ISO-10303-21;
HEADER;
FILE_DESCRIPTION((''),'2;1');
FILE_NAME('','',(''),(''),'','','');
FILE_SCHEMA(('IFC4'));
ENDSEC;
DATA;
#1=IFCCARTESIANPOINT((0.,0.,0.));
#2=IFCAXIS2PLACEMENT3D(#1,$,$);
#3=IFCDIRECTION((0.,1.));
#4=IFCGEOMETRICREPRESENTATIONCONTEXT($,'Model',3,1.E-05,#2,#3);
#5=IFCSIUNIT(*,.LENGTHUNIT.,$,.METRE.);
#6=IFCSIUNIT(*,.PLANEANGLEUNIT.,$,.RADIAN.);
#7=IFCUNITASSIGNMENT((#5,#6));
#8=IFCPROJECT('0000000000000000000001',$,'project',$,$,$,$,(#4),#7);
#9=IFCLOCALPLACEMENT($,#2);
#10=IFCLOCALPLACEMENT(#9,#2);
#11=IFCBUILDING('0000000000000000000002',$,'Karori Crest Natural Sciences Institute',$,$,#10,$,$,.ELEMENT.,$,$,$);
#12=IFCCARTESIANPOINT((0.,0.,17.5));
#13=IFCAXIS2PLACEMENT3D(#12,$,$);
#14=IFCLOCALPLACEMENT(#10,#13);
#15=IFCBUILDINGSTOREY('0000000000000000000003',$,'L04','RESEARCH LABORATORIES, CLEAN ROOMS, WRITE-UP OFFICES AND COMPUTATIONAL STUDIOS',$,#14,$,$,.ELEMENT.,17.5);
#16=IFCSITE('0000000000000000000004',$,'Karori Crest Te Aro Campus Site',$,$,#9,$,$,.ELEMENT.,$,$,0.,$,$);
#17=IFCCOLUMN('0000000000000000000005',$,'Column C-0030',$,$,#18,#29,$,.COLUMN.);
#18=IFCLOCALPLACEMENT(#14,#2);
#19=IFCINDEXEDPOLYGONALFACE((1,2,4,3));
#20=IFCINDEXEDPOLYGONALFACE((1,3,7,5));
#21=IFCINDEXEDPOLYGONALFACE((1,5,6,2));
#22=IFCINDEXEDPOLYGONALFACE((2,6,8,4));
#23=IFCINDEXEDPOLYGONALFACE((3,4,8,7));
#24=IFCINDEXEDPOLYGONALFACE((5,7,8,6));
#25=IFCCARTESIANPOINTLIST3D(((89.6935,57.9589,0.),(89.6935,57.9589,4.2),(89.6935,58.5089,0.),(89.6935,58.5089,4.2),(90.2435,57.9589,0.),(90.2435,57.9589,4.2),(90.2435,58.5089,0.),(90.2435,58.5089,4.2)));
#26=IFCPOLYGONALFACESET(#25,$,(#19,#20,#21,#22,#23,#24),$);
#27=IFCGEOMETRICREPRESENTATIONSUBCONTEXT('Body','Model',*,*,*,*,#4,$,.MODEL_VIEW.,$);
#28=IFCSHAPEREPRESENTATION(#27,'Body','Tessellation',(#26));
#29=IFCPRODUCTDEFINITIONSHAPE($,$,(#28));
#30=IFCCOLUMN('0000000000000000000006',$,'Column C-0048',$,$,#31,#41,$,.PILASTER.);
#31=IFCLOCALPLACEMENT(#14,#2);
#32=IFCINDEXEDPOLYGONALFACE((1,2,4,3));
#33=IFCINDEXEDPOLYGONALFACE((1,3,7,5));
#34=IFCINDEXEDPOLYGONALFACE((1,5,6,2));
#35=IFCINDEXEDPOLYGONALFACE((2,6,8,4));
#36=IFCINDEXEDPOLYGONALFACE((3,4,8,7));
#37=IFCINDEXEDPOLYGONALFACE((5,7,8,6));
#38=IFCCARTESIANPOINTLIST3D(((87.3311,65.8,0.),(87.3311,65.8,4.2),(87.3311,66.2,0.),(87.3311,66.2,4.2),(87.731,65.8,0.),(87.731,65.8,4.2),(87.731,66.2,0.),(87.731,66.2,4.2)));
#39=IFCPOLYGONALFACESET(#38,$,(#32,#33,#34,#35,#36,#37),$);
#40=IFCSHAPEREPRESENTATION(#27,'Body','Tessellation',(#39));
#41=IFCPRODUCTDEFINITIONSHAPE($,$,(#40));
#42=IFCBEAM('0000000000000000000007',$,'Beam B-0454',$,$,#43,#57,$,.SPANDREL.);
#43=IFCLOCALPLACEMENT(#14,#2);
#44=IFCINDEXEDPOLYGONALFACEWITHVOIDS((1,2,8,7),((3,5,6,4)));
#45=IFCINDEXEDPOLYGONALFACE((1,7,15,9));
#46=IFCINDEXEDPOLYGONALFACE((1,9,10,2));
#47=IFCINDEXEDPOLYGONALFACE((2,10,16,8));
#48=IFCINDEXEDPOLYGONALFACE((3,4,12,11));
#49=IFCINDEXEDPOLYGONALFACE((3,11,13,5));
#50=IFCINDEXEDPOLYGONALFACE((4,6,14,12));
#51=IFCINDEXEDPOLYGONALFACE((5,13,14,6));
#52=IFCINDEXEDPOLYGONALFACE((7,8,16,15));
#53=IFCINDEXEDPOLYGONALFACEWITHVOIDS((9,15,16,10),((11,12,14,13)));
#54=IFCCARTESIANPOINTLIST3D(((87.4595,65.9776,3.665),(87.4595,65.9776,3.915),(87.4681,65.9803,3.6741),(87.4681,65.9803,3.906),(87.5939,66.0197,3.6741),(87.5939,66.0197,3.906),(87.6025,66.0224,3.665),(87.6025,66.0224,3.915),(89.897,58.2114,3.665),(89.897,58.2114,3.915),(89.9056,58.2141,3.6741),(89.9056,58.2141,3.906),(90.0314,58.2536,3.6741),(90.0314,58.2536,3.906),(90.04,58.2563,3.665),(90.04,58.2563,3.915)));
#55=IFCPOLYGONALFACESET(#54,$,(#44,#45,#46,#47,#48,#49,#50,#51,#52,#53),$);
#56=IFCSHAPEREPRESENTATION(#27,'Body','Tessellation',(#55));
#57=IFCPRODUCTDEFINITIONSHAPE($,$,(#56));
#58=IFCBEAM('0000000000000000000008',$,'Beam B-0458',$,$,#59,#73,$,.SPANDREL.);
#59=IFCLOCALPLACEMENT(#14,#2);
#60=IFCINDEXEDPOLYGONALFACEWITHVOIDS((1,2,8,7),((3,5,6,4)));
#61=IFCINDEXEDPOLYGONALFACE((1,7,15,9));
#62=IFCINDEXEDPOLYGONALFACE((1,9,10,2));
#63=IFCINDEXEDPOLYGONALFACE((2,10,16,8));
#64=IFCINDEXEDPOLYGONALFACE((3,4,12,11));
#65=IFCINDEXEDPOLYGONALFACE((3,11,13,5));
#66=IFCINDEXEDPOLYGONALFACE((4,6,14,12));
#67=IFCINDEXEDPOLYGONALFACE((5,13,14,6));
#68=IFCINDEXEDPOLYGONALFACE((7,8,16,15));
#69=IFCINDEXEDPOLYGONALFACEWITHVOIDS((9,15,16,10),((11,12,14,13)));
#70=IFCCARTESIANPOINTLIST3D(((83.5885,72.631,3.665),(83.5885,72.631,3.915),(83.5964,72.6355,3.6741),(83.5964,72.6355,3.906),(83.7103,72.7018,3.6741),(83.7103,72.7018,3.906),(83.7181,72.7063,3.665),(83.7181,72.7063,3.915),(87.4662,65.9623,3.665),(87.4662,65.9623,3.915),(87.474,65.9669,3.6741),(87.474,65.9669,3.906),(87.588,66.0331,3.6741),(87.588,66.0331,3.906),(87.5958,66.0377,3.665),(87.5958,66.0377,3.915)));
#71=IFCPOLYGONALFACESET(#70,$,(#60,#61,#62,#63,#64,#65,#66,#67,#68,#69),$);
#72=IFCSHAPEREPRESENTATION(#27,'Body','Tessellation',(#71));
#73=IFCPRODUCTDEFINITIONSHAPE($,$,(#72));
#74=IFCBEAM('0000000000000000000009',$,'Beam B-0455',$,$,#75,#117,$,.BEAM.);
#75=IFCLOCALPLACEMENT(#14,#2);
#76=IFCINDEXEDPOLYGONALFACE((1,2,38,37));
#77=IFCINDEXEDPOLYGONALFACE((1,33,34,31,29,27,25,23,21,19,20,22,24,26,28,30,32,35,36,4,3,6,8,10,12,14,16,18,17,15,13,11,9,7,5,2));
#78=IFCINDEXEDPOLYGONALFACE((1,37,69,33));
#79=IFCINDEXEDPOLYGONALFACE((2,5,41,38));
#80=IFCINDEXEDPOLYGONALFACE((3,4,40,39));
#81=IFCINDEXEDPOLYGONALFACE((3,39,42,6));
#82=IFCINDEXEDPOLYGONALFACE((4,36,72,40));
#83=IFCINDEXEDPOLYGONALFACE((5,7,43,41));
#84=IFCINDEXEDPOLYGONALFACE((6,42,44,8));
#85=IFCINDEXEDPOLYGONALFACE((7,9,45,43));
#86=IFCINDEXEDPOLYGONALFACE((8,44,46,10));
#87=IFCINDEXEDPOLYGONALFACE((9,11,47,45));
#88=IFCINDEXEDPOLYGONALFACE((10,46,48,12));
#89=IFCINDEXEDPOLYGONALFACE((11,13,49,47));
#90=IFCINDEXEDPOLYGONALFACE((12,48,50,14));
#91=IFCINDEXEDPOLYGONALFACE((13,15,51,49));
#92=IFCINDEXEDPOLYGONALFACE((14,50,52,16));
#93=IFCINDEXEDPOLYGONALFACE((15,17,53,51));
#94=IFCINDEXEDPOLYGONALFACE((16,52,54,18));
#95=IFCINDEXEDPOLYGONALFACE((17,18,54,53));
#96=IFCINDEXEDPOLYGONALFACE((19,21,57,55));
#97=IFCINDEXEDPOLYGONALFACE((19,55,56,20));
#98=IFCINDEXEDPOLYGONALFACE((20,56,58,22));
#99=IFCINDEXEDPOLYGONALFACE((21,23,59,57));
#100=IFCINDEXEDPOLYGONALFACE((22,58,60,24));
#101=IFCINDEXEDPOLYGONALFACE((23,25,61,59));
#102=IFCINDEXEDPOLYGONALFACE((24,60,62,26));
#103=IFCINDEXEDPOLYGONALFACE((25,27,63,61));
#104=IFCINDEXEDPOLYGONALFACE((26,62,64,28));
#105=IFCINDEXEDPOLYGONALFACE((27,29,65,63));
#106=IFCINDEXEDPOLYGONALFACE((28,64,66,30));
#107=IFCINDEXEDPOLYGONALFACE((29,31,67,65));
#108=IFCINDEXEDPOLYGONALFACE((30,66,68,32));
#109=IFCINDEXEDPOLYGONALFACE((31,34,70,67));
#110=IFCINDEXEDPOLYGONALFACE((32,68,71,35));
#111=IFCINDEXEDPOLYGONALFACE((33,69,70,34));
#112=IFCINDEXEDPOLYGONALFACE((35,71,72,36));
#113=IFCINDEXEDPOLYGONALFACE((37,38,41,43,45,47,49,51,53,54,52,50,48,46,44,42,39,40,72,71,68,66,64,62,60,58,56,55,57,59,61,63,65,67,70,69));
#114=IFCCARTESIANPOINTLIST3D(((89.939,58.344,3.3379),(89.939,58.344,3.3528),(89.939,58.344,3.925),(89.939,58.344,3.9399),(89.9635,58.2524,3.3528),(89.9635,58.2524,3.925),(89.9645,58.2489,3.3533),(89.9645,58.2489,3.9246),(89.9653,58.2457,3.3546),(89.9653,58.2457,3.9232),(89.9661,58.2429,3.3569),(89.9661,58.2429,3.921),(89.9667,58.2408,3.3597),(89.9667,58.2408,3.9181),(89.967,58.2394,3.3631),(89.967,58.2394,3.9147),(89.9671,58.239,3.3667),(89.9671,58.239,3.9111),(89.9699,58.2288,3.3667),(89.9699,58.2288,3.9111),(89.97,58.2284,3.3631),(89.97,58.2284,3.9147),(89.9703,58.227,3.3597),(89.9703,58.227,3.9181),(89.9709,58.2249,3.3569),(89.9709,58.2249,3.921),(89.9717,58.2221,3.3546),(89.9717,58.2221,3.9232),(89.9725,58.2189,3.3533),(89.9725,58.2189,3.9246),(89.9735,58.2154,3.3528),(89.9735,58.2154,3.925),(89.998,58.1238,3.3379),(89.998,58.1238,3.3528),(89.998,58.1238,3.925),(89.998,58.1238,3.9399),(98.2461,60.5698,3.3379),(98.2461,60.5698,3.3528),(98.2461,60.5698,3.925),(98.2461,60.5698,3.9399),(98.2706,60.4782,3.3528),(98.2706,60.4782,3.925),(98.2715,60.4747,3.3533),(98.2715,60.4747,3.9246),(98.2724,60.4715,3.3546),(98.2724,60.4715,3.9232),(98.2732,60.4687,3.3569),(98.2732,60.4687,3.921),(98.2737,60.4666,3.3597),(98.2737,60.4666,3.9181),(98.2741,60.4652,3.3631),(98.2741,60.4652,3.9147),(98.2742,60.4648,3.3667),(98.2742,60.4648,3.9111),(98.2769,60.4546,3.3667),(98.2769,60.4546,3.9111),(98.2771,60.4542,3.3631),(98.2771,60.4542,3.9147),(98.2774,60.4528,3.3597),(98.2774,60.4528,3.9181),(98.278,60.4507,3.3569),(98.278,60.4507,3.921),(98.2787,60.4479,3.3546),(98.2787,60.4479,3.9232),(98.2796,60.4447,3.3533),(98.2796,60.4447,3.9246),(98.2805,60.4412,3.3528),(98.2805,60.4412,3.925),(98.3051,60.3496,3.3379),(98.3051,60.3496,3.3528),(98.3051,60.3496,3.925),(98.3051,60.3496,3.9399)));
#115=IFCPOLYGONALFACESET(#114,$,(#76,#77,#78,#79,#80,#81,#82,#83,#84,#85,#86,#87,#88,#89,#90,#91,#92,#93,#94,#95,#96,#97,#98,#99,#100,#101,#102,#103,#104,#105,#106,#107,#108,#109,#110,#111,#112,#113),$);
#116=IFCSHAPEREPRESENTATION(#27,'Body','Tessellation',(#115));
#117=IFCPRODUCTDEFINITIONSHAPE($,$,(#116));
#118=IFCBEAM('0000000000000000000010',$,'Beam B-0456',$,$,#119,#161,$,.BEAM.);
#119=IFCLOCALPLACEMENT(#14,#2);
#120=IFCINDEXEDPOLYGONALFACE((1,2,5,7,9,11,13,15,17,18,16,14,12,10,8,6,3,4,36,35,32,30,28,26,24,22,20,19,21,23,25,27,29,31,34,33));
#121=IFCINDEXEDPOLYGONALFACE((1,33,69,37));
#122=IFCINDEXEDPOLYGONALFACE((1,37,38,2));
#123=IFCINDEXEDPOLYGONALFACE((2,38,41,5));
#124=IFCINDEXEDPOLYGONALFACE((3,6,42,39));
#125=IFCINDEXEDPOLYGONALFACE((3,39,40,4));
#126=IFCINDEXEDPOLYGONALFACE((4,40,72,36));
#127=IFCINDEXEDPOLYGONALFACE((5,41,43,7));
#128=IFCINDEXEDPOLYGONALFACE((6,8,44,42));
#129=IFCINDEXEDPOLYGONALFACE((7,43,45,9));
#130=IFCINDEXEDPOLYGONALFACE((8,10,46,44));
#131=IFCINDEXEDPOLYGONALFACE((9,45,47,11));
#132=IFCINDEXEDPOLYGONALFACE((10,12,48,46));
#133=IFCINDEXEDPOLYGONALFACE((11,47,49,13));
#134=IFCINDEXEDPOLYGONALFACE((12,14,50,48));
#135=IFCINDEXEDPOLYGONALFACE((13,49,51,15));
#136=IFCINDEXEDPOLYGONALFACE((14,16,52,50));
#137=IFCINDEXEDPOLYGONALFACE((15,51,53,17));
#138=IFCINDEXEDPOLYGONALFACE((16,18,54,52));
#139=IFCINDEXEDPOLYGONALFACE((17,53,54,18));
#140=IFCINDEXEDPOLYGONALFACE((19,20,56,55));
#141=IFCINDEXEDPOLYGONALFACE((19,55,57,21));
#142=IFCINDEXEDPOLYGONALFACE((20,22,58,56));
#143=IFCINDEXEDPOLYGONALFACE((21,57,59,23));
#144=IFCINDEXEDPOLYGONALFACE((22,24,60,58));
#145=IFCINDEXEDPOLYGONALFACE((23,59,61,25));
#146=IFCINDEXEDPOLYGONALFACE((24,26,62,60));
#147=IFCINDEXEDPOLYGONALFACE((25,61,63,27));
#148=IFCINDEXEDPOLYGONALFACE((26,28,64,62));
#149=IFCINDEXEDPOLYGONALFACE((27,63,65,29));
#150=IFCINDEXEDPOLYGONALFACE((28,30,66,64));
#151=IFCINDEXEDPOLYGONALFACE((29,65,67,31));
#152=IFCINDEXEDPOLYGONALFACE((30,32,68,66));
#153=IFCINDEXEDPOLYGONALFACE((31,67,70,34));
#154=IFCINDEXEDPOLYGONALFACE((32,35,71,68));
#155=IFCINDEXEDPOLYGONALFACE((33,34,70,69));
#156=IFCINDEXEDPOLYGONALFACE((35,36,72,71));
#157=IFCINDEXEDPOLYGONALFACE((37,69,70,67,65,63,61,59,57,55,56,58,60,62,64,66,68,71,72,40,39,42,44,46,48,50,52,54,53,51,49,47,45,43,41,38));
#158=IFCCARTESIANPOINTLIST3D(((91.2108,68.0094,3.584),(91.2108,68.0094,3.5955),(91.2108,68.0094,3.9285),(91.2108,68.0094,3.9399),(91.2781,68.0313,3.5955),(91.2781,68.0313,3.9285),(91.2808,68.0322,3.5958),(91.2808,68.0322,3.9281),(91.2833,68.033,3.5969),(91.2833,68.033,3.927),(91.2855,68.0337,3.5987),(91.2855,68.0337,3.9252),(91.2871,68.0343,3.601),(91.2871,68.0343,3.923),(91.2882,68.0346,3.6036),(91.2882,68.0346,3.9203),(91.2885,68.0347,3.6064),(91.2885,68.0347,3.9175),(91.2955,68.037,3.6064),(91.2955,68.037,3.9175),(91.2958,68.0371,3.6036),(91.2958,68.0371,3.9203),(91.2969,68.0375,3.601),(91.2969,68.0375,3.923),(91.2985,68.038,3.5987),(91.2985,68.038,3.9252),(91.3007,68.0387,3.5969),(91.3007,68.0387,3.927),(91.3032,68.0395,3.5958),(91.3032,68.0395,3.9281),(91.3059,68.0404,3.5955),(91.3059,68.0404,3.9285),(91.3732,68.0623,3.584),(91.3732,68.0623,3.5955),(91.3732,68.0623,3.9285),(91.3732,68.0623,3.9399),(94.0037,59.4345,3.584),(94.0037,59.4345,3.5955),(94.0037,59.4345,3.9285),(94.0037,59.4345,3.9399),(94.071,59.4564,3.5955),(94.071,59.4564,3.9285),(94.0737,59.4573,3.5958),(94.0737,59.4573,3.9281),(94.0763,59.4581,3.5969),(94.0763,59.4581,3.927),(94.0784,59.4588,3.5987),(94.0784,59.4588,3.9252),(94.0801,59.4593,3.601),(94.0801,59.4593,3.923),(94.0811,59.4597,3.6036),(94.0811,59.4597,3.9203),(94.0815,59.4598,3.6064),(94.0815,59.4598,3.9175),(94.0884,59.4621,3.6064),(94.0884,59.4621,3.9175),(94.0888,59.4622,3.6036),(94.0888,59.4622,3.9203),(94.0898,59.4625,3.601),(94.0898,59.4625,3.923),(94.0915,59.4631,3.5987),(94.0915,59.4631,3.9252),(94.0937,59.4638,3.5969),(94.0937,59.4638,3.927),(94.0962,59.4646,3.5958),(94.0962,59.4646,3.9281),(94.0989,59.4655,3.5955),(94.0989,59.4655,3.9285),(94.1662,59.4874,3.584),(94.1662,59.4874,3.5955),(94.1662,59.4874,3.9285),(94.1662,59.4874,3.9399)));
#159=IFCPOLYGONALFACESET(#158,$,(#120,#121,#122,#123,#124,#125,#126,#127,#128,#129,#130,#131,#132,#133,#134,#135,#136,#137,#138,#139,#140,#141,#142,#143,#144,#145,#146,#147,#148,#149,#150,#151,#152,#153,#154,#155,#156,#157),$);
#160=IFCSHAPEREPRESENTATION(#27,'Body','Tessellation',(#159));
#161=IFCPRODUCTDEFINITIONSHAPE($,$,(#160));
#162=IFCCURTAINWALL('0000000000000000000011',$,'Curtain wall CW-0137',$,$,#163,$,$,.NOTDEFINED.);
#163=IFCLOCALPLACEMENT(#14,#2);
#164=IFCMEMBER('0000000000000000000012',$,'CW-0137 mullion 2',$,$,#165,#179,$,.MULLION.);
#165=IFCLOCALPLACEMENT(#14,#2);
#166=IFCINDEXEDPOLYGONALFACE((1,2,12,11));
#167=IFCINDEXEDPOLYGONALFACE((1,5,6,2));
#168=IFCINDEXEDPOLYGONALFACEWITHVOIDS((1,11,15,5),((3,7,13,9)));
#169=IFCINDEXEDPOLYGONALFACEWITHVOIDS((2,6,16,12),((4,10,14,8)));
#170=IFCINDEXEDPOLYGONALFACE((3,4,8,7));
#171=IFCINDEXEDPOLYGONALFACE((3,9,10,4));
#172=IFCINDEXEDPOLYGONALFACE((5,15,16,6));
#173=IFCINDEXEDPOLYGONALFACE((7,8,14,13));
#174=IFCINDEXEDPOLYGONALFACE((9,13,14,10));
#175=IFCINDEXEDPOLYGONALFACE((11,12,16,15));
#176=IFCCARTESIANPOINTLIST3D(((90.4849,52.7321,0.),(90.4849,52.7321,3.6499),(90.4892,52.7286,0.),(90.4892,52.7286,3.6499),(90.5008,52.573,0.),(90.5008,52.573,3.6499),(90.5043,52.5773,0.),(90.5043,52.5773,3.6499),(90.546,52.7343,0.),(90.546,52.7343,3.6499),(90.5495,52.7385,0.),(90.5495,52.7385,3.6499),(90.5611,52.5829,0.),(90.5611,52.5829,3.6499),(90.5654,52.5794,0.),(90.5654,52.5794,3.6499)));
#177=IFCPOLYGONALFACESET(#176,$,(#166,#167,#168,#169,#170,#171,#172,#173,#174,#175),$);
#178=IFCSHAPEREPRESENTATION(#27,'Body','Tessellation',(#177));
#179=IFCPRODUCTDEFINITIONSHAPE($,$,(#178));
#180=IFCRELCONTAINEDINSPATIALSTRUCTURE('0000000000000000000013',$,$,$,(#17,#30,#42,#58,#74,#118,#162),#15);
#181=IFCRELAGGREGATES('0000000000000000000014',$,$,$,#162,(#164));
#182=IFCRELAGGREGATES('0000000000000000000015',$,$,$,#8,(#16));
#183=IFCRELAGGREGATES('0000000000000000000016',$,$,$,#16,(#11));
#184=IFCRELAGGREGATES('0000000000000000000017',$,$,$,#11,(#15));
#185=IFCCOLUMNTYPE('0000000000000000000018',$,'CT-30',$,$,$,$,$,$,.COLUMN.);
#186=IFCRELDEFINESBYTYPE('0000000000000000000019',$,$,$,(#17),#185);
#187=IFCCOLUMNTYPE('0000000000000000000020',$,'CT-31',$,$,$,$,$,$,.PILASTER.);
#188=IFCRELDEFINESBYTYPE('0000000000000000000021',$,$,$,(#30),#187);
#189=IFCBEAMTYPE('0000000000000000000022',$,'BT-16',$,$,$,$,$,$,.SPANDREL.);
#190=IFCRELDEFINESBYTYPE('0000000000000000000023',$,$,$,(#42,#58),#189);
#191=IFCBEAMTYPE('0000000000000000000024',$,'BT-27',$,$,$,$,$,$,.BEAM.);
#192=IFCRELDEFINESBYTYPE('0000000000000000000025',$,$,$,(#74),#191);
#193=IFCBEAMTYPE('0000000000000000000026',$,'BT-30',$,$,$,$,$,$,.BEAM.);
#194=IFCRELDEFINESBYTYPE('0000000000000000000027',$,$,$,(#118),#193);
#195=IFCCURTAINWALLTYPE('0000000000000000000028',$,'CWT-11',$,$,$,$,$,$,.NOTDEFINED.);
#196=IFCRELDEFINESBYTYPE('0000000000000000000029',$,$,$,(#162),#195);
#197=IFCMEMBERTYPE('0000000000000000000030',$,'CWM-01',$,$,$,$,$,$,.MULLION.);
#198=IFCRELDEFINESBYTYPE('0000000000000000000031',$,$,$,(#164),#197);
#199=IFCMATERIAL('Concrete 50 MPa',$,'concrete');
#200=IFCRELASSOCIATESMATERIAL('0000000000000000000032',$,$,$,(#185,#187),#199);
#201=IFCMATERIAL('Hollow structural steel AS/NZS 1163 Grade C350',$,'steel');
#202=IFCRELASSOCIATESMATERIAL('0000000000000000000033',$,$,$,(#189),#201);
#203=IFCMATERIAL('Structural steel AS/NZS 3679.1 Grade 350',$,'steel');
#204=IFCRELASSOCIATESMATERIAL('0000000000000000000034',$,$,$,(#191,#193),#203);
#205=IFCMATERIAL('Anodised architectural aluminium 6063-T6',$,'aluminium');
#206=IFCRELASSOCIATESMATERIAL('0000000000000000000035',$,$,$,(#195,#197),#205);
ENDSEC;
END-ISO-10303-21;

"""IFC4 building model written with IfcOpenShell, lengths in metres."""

from ifc_helpers import new_model, si_unit, direction, frame, origin, origin_2d, place, context, subcontext, project, spatial, rectangle, hollow_rectangle, i_section, extrude, material, material_profile, profile_set, type_object, element, aggregate, save


model = new_model("IFC4")

# Units and contexts
model_context = context("Model", 3, precision=1e-05, world=origin(), true_north=direction((0.0, 1.0)))
body_context = subcontext(model_context, "Body", "Model", "MODEL_VIEW")
ifc_project = project(units=[si_unit("LENGTHUNIT", "METRE"), si_unit("PLANEANGLEUNIT", "RADIAN")], contexts=[model_context])

# Site, building, storey
site_placement = place(None, origin())
site = spatial("IfcSite", under=ifc_project, at=site_placement, Name="Karori Crest Te Aro Campus Site", CompositionType="ELEMENT", RefElevation=0.0)
building_placement = place(site_placement, origin())
building = spatial("IfcBuilding", under=site, at=building_placement, Name="Karori Crest Natural Sciences Institute", CompositionType="ELEMENT")
storey_placement = place(building_placement, frame((0.0, 0.0, 17.5)))
storey = spatial("IfcBuildingStorey", under=building, at=storey_placement, Name="L04", Description="RESEARCH LABORATORIES, CLEAN ROOMS, WRITE-UP OFFICES AND COMPUTATIONAL STUDIOS", CompositionType="ELEMENT", Elevation=17.5)

# Columns
ifc_material_1 = material(Name="Concrete 50 MPa", Category="concrete")
ifc_material_profile_1 = material_profile(ifc_material_1, rectangle(XDim=0.55, YDim=0.55, at=origin_2d()), Name="RC550x550")
ifc_profile_set_1 = profile_set([ifc_material_profile_1], Name="Concrete 50 MPa")
column_type_1 = type_object("IfcColumnType", Name="CT-30", PredefinedType="COLUMN", material=ifc_profile_set_1)
column_1_placement = place(storey_placement, frame((89.9685, 58.2339, 0.0), z_axis=(0.0, 0.0, 1.0), x_axis=(1.0, 0.0, 0.0)))
element("IfcColumn", 1, at=column_1_placement, inside=storey, type_object=column_type_1, Name="Column C-0030", PredefinedType="COLUMN", context=body_context, shape_type="SweptSolid", body=[
    extrude(rectangle(XDim=0.55, YDim=0.55, at=origin_2d()), origin(), (0.0, 0.0, 1.0), 4.2),
])
ifc_material_profile_2 = material_profile(ifc_material_1, rectangle(XDim=0.3999, YDim=0.3999, at=origin_2d()), Name="RC400x400")
ifc_profile_set_2 = profile_set([ifc_material_profile_2], Name="Concrete 50 MPa")
column_type_2 = type_object("IfcColumnType", Name="CT-31", PredefinedType="PILASTER", material=ifc_profile_set_2)
column_2_placement = place(storey_placement, frame((87.531, 66.0, 0.0), z_axis=(0.0, 0.0, 1.0), x_axis=(1.0, 0.0, 0.0)))
element("IfcColumn", 2, at=column_2_placement, inside=storey, type_object=column_type_2, Name="Column C-0048", PredefinedType="PILASTER", context=body_context, shape_type="SweptSolid", body=[
    extrude(rectangle(XDim=0.3999, YDim=0.3999, at=origin_2d()), origin(), (0.0, 0.0, 1.0), 4.2),
])

# Beams
ifc_material_2 = material(Name="Hollow structural steel AS/NZS 1163 Grade C350", Category="steel")
ifc_material_profile_3 = material_profile(ifc_material_2, hollow_rectangle(XDim=0.1499, YDim=0.25, WallThickness=0.009, at=origin_2d()), Name="RHS250x150x9")
ifc_profile_set_3 = profile_set([ifc_material_profile_3], Name="Hollow structural steel AS/NZS 1163 Grade C350")
beam_type_1 = type_object("IfcBeamType", Name="BT-16", PredefinedType="SPANDREL", material=ifc_profile_set_3)
beam_1_placement = place(storey_placement, frame((89.9685, 58.2339, 3.79), z_axis=(-0.29946, 0.954109, 0.0), x_axis=(-0.954109, -0.29946, 0.0)))
element("IfcBeam", 3, at=beam_1_placement, inside=storey, type_object=beam_type_1, Name="Beam B-0454", PredefinedType="SPANDREL", context=body_context, shape_type="SweptSolid", body=[
    extrude(hollow_rectangle(XDim=0.1499, YDim=0.25, WallThickness=0.009, at=origin_2d()), origin(), (0.0, 0.0, 1.0), 8.1396),
])
beam_2_placement = place(storey_placement, frame((87.531, 66.0, 3.79), z_axis=(-0.502672, 0.864477, 0.0), x_axis=(-0.864477, -0.502672, 0.0)))
element("IfcBeam", 4, at=beam_2_placement, inside=storey, type_object=beam_type_1, Name="Beam B-0458", PredefinedType="SPANDREL", context=body_context, shape_type="SweptSolid", body=[
    extrude(hollow_rectangle(XDim=0.1499, YDim=0.25, WallThickness=0.009, at=origin_2d()), origin(), (0.0, 0.0, 1.0), 7.7141),
])
ifc_material_3 = material(Name="Structural steel AS/NZS 3679.1 Grade 350", Category="steel")
ifc_material_profile_4 = material_profile(ifc_material_3, i_section(OverallWidth=0.228, OverallDepth=0.6021, WebThickness=0.0105, FlangeThickness=0.0149, FilletRadius=0.0139, at=origin_2d()), Name="610UB101")
ifc_profile_set_4 = profile_set([ifc_material_profile_4], Name="Structural steel AS/NZS 3679.1 Grade 350")
beam_type_2 = type_object("IfcBeamType", Name="BT-27", PredefinedType="BEAM", material=ifc_profile_set_4)
beam_3_placement = place(storey_placement, frame((89.9685, 58.2339, 3.6389), z_axis=(0.965928, 0.258813, 0.0), x_axis=(-0.258813, 0.965928, 0.0)))
element("IfcBeam", 5, at=beam_3_placement, inside=storey, type_object=beam_type_2, Name="Beam B-0455", PredefinedType="BEAM", context=body_context, shape_type="SweptSolid", body=[
    extrude(i_section(OverallWidth=0.228, OverallDepth=0.6021, WebThickness=0.0105, FlangeThickness=0.0149, FilletRadius=0.0139, at=origin_2d()), origin(), (0.0, 0.0, 1.0), 8.6001),
])
ifc_material_profile_5 = material_profile(ifc_material_3, i_section(OverallWidth=0.1709, OverallDepth=0.356, WebThickness=0.0073, FlangeThickness=0.0115, FilletRadius=0.011, at=origin_2d()), Name="360UB50.7")
ifc_profile_set_5 = profile_set([ifc_material_profile_5], Name="Structural steel AS/NZS 3679.1 Grade 350")
beam_type_3 = type_object("IfcBeamType", Name="BT-30", PredefinedType="BEAM", material=ifc_profile_set_5)
beam_4_placement = place(storey_placement, frame((94.085, 59.4609, 3.762), z_axis=(-0.309699, 0.950835, 0.0), x_axis=(-0.950835, -0.309699, 0.0)))
element("IfcBeam", 6, at=beam_4_placement, inside=storey, type_object=beam_type_3, Name="Beam B-0456", PredefinedType="BEAM", context=body_context, shape_type="SweptSolid", body=[
    extrude(i_section(OverallWidth=0.1709, OverallDepth=0.356, WebThickness=0.0073, FlangeThickness=0.0115, FilletRadius=0.011, at=origin_2d()), origin(), (0.0, 0.0, 1.0), 9.0183),
])

# Curtain wall, member
ifc_material_4 = material(Name="Anodised architectural aluminium 6063-T6", Category="aluminium")
curtain_wall_type = type_object("IfcCurtainWallType", Name="CWT-11", PredefinedType="NOTDEFINED", material=ifc_material_4)
curtain_wall_placement = place(storey_placement, origin())
curtain_wall = element("IfcCurtainWall", 7, at=curtain_wall_placement, inside=storey, type_object=curtain_wall_type, Name="Curtain wall CW-0137", PredefinedType="NOTDEFINED")
ifc_material_profile_6 = material_profile(ifc_material_4, hollow_rectangle(XDim=0.0649, YDim=0.1599, WallThickness=0.0039, at=origin_2d()), Name="CWM160x65x4")
ifc_profile_set_6 = profile_set([ifc_material_profile_6], Name="Anodised architectural aluminium 6063-T6")
member_type_1 = type_object("IfcMemberType", Name="CWM-01", PredefinedType="MULLION", material=ifc_profile_set_6)
member_1_placement = place(storey_placement, frame((90.5251, 52.6558, 0.0), z_axis=(0.0, 0.0, 1.0), x_axis=(-0.995061, -0.099268, 0.0)))
member_1 = element("IfcMember", 8, at=member_1_placement, type_object=member_type_1, Name="CW-0137 mullion 2", PredefinedType="MULLION", context=body_context, shape_type="SweptSolid", body=[
    extrude(hollow_rectangle(XDim=0.0649, YDim=0.1599, WallThickness=0.0039, at=origin_2d()), origin(), (0.0, 0.0, 1.0), 3.6499),
])
aggregate(curtain_wall, [member_1])

save(model, "model.ifc")
